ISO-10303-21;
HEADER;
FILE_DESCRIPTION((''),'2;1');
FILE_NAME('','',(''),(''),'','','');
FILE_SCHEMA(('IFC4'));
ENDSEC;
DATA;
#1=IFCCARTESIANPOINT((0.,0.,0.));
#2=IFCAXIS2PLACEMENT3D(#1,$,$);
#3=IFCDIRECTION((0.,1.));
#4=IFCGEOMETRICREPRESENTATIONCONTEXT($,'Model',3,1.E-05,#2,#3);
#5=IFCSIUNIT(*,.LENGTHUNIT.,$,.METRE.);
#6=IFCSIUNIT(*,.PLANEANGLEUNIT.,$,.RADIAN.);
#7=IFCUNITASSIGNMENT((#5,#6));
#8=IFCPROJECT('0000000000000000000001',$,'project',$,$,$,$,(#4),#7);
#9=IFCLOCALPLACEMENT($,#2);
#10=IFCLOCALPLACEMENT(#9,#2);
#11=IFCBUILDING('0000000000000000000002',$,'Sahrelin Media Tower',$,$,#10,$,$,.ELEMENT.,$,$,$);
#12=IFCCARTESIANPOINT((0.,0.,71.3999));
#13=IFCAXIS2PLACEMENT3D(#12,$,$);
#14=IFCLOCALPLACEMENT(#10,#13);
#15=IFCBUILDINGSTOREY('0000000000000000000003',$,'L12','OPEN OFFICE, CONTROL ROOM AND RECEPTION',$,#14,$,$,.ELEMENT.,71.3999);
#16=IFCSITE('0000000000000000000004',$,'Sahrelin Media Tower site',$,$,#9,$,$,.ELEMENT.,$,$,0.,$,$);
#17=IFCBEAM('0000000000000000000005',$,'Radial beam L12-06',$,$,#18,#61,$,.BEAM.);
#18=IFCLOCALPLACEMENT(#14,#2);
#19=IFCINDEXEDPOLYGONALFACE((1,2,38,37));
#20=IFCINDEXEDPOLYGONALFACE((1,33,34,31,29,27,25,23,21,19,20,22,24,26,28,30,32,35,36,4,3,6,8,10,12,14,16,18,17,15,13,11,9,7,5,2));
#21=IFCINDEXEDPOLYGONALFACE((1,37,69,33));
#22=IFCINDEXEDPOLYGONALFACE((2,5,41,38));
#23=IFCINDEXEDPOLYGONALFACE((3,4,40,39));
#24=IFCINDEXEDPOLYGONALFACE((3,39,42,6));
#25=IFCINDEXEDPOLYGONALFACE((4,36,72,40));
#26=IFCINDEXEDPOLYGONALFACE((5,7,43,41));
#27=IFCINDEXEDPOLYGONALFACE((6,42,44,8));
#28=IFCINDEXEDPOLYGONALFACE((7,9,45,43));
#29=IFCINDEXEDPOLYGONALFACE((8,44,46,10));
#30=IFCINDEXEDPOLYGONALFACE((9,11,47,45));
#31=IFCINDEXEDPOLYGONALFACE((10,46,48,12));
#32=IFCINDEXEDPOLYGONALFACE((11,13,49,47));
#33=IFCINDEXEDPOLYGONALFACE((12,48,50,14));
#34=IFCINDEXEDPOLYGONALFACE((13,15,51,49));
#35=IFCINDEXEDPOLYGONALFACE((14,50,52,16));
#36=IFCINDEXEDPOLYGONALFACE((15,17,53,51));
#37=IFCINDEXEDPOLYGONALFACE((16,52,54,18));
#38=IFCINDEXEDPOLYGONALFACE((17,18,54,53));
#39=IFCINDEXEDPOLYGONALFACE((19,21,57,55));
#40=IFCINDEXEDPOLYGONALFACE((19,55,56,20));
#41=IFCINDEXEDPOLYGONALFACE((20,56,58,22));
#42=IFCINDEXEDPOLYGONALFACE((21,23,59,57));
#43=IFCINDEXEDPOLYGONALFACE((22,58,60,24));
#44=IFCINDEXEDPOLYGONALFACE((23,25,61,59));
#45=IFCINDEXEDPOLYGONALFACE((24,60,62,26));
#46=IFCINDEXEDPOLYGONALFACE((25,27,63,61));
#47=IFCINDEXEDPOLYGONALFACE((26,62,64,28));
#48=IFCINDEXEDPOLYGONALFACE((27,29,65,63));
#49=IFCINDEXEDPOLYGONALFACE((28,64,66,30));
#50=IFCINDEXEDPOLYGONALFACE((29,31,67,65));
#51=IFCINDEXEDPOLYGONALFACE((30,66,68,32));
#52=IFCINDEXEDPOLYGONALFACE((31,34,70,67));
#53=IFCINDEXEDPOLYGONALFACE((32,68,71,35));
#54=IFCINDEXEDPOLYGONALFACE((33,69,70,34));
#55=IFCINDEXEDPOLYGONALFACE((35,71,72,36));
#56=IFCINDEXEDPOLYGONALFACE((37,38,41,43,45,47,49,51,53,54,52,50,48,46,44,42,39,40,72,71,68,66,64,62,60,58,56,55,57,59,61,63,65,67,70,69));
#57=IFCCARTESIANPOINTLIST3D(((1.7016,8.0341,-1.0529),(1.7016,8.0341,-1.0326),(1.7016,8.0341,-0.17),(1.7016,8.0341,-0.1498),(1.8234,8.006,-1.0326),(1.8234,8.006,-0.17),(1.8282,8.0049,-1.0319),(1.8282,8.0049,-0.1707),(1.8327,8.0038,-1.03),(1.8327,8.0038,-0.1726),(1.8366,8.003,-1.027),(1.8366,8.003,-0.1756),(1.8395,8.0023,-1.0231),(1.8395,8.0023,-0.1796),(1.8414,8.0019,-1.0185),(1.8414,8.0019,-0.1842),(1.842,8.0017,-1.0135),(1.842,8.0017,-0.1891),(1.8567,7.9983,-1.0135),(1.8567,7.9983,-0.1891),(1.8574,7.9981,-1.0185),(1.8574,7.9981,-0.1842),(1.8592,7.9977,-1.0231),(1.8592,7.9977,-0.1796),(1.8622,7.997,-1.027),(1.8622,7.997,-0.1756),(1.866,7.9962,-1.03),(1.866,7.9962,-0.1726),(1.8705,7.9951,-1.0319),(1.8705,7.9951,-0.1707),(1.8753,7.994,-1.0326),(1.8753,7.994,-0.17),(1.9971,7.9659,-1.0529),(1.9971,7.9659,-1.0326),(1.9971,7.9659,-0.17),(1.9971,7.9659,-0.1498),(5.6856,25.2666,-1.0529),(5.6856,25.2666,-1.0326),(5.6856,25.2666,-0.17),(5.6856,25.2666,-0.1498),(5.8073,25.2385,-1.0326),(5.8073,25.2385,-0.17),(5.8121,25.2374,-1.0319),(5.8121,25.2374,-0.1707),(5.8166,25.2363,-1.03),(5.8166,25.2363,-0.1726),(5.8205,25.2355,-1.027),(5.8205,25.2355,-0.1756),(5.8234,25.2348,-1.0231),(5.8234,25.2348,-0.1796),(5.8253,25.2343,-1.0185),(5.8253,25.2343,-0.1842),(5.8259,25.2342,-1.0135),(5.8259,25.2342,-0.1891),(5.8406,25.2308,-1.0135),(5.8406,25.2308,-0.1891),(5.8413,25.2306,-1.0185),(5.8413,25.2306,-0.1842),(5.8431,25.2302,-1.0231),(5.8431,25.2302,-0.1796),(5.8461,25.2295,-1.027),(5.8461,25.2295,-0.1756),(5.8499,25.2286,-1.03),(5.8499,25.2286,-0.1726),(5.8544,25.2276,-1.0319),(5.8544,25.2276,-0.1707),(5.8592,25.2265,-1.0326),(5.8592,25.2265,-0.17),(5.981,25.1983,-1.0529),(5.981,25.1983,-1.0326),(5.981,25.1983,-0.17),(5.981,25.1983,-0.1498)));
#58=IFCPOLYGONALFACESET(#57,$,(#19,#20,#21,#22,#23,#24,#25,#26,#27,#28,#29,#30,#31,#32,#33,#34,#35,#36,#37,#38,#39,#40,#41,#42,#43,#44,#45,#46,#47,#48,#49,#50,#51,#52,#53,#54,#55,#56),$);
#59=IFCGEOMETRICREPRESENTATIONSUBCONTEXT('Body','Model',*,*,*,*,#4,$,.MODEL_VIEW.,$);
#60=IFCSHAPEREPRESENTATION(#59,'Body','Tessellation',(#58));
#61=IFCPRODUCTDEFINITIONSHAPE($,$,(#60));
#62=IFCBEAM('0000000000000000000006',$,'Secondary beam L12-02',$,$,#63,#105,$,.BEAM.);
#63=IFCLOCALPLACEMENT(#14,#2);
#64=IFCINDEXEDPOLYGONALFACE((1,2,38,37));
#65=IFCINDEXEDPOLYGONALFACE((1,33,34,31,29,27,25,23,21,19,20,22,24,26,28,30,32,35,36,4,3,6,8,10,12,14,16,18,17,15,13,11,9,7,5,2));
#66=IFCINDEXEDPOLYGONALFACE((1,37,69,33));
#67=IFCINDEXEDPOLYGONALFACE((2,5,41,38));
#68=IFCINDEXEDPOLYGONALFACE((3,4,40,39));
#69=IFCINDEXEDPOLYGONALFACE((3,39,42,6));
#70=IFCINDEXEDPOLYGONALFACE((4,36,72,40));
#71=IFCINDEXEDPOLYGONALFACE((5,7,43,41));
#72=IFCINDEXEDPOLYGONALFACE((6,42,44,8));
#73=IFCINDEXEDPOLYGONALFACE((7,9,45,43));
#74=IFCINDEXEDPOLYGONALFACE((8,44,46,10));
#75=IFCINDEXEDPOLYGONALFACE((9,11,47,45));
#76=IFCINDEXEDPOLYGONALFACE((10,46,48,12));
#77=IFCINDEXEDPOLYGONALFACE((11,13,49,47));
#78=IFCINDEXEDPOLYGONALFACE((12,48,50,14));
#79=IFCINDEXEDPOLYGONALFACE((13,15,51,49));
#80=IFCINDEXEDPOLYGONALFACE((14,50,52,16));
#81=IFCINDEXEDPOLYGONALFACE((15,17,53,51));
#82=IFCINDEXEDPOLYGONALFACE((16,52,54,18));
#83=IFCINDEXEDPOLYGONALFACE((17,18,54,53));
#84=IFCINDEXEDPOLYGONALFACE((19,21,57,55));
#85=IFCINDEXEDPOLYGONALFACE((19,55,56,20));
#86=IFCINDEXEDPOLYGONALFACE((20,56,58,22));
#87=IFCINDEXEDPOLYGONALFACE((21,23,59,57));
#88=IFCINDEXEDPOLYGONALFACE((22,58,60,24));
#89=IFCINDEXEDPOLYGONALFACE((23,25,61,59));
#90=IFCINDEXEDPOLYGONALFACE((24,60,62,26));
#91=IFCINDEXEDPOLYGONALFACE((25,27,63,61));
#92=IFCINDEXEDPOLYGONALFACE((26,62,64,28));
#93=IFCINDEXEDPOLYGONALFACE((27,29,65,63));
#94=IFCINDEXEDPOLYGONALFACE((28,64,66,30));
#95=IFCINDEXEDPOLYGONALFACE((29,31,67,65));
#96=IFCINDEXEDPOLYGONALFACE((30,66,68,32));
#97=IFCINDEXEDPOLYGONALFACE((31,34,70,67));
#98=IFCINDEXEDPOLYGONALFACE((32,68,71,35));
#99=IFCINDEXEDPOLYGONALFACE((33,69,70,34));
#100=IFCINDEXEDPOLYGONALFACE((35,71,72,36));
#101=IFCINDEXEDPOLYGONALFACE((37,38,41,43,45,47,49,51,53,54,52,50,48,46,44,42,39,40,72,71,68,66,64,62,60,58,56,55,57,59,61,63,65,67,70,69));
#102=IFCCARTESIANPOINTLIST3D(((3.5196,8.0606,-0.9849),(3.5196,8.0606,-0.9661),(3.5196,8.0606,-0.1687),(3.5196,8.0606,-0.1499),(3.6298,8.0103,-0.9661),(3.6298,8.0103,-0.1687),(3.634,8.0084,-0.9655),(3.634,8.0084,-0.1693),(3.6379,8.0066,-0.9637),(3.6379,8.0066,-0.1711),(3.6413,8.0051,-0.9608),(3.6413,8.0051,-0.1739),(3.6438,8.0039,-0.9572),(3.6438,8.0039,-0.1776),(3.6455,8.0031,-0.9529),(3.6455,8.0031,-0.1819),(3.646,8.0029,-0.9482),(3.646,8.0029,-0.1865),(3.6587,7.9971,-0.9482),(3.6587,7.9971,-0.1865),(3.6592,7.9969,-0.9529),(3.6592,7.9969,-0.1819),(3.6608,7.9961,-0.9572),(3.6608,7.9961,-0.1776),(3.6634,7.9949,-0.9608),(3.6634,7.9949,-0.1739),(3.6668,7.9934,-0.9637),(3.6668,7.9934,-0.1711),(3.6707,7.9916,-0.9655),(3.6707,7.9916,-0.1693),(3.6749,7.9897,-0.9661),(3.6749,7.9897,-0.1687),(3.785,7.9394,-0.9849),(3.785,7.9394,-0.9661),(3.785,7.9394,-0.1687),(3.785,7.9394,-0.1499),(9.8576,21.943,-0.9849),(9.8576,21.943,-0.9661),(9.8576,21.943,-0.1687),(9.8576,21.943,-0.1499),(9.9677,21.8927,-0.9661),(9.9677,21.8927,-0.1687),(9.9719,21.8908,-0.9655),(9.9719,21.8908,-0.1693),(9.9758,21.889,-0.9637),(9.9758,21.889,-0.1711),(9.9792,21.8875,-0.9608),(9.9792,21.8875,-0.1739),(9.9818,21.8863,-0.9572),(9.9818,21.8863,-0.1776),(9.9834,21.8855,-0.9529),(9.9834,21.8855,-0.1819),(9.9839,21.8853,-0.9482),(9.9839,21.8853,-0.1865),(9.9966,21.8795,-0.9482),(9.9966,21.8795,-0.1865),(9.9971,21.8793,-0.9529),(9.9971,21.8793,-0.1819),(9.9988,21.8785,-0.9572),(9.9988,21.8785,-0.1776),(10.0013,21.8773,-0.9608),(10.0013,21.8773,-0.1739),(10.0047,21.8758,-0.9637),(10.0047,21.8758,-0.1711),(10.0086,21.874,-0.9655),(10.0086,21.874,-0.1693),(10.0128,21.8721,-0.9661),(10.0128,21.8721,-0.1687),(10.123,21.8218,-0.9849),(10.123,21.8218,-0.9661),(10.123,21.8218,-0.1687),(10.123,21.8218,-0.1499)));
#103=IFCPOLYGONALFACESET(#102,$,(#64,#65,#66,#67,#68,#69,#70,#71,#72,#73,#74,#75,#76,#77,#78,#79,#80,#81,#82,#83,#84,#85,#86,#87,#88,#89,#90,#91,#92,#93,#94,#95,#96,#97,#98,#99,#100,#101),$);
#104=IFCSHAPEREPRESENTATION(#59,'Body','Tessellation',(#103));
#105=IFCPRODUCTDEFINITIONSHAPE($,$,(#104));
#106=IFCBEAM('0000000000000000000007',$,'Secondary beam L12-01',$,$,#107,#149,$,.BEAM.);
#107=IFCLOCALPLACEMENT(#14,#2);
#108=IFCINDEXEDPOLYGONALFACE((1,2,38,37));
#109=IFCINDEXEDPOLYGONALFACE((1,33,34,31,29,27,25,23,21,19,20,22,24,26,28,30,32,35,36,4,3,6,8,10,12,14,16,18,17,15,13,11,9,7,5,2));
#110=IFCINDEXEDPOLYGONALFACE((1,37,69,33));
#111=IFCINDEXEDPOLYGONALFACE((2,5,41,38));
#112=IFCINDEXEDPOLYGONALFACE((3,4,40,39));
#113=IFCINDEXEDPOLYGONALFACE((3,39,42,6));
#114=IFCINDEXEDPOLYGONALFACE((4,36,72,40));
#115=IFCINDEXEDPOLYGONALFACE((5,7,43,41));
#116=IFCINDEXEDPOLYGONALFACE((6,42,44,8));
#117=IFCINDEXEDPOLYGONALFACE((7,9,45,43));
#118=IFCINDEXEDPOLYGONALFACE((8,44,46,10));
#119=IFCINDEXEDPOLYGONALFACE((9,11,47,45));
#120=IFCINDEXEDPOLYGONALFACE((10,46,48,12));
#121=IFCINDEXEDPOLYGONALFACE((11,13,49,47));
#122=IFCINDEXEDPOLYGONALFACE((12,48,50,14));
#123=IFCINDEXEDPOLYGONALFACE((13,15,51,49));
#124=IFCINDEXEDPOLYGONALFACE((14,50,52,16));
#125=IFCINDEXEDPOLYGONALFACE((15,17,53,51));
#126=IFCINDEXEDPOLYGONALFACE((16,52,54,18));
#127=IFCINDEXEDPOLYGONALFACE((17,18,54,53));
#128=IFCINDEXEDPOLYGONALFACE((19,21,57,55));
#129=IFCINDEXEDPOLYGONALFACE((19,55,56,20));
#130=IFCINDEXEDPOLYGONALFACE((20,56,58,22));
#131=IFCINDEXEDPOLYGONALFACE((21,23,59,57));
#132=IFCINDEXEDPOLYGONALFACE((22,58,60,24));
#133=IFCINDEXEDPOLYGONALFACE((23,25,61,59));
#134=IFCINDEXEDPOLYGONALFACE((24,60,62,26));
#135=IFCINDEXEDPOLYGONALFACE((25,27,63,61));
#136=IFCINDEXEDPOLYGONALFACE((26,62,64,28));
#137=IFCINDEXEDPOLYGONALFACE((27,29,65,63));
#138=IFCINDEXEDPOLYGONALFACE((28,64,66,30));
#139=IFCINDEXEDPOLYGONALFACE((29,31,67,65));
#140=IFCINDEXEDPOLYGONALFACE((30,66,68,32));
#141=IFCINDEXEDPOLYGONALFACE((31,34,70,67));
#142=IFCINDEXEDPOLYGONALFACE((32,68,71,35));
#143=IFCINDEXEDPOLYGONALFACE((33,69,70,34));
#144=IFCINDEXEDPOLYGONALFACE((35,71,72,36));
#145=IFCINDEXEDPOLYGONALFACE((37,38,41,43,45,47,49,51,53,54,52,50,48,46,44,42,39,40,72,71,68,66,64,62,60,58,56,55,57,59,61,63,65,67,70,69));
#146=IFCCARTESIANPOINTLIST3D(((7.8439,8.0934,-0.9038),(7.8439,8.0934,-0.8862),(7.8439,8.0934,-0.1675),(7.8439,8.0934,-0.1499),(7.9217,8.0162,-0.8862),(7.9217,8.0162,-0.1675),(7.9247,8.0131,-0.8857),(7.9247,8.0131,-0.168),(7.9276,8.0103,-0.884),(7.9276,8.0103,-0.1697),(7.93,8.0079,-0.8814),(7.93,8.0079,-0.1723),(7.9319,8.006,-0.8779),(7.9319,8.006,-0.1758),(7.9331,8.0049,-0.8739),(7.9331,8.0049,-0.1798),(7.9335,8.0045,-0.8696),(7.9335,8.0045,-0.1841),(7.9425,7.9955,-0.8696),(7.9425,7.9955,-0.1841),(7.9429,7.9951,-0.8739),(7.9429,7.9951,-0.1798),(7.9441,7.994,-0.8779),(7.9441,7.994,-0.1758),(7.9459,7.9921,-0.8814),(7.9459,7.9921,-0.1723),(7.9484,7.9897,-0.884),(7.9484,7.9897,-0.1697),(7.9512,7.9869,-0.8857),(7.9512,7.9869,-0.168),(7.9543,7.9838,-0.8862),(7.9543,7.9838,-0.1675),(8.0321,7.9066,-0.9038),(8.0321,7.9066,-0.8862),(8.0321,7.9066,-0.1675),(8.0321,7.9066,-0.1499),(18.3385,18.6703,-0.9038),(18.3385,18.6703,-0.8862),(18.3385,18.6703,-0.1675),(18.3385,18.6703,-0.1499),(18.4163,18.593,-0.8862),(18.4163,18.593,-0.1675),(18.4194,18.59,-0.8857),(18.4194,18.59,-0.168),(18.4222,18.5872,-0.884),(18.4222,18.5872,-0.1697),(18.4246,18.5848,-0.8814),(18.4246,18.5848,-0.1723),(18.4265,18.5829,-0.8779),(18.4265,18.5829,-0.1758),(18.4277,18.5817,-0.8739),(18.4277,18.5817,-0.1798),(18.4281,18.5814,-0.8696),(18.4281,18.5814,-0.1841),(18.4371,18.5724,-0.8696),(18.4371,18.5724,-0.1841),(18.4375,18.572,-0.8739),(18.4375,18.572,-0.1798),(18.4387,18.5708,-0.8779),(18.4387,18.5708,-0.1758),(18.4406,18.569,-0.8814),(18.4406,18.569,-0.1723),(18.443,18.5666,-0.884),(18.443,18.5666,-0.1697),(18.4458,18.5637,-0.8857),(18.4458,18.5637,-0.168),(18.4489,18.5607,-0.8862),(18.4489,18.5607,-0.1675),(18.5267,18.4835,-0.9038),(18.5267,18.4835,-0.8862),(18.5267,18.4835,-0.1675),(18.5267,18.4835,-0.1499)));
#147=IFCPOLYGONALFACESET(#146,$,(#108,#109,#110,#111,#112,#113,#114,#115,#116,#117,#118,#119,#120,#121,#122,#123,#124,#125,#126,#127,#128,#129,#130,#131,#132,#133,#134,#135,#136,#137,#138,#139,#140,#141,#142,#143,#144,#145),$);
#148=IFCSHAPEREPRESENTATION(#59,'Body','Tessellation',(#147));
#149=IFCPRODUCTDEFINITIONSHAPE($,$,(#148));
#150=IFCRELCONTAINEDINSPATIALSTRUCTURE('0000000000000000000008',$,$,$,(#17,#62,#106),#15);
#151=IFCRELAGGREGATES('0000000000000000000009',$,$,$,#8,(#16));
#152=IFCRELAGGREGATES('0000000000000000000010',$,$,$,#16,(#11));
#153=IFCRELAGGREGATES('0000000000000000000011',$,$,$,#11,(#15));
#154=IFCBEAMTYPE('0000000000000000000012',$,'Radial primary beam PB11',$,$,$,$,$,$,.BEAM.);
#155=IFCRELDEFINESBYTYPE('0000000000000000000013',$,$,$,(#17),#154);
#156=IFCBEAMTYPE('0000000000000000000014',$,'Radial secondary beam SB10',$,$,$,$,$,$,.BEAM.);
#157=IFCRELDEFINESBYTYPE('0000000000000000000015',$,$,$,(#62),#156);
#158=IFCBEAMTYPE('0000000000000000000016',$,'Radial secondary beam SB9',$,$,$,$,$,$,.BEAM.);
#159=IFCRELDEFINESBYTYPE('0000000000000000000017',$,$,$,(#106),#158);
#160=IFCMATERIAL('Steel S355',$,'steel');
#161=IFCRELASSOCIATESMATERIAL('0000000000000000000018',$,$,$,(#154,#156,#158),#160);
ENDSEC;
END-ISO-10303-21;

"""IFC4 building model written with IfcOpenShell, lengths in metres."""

from ifc_helpers import new_model, si_unit, direction, frame, origin, origin_2d, place, context, subcontext, project, spatial, i_section, extrude, material, material_profile, profile_set, type_object, element, save


model = new_model("IFC4")

# Units and contexts
model_context = context("Model", 3, precision=1e-05, world=origin(), true_north=direction((0.0, 1.0)))
body_context = subcontext(model_context, "Body", "Model", "MODEL_VIEW")
ifc_project = project(units=[si_unit("LENGTHUNIT", "METRE"), si_unit("PLANEANGLEUNIT", "RADIAN")], contexts=[model_context])

# Site, building, storey
site_placement = place(None, origin())
site = spatial("IfcSite", under=ifc_project, at=site_placement, Name="Sahrelin Media Tower site", CompositionType="ELEMENT", RefElevation=0.0)
building_placement = place(site_placement, origin())
building = spatial("IfcBuilding", under=site, at=building_placement, Name="Sahrelin Media Tower", CompositionType="ELEMENT")
storey_placement = place(building_placement, frame((0.0, 0.0, 71.3999)))
storey = spatial("IfcBuildingStorey", under=building, at=storey_placement, Name="L12", Description="OPEN OFFICE, CONTROL ROOM AND RECEPTION", CompositionType="ELEMENT", Elevation=71.3999)

# Shared definitions
ifc_material_1 = material(Name="Steel S355", Category="steel")

# Beams
ifc_material_profile_1 = material_profile(ifc_material_1, i_section(OverallWidth=0.3032, OverallDepth=0.9031, WebThickness=0.0151, FlangeThickness=0.0203, FilletRadius=0.019, at=origin_2d()), Name="UB 914x305x201")
ifc_profile_set_1 = profile_set([ifc_material_profile_1], Name="Steel S355")
beam_type_1 = type_object("IfcBeamType", Name="Radial primary beam PB11", PredefinedType="BEAM", material=ifc_profile_set_1)
beam_1_placement = place(storey_placement, frame((1.8494, 8.0, -0.6013), z_axis=(0.225245, 0.974302, 0.0), x_axis=(-0.974302, 0.225245, 0.0)))
element("IfcBeam", 1, at=beam_1_placement, inside=storey, type_object=beam_type_1, Name="Radial beam L12-06", PredefinedType="BEAM", context=body_context, shape_type="SweptSolid", body=[
    extrude(i_section(OverallWidth=0.3032, OverallDepth=0.9031, WebThickness=0.0151, FlangeThickness=0.0203, FilletRadius=0.019, at=origin_2d()), origin(), (0.0, 0.0, 1.0), 17.687),
])
ifc_material_profile_2 = material_profile(ifc_material_1, i_section(OverallWidth=0.2917, OverallDepth=0.835, WebThickness=0.0139, FlangeThickness=0.0188, FilletRadius=0.0178, at=origin_2d()), Name="UB 838x292x176")
ifc_profile_set_2 = profile_set([ifc_material_profile_2], Name="Steel S355")
beam_type_2 = type_object("IfcBeamType", Name="Radial secondary beam SB10", PredefinedType="BEAM", material=ifc_profile_set_2)
beam_2_placement = place(storey_placement, frame((3.6523, 8.0, -0.5674), z_axis=(0.415309, 0.90968, 0.0), x_axis=(-0.90968, 0.415309, 0.0)))
element("IfcBeam", 2, at=beam_2_placement, inside=storey, type_object=beam_type_2, Name="Secondary beam L12-02", PredefinedType="BEAM", context=body_context, shape_type="SweptSolid", body=[
    extrude(i_section(OverallWidth=0.2917, OverallDepth=0.835, WebThickness=0.0139, FlangeThickness=0.0188, FilletRadius=0.0178, at=origin_2d()), origin(), (0.0, 0.0, 1.0), 15.2607),
])
ifc_material_profile_3 = material_profile(ifc_material_1, i_section(OverallWidth=0.2651, OverallDepth=0.7539, WebThickness=0.0127, FlangeThickness=0.0176, FilletRadius=0.0166, at=origin_2d()), Name="UB 762x267x147")
ifc_profile_set_3 = profile_set([ifc_material_profile_3], Name="Steel S355")
beam_type_3 = type_object("IfcBeamType", Name="Radial secondary beam SB9", PredefinedType="BEAM", material=ifc_profile_set_3)
beam_3_placement = place(storey_placement, frame((7.938, 8.0, -0.5269), z_axis=(0.70434, 0.709862, 0.0), x_axis=(-0.709862, 0.70434, 0.0)))
element("IfcBeam", 3, at=beam_3_placement, inside=storey, type_object=beam_type_3, Name="Secondary beam L12-01", PredefinedType="BEAM", context=body_context, shape_type="SweptSolid", body=[
    extrude(i_section(OverallWidth=0.2651, OverallDepth=0.7539, WebThickness=0.0127, FlangeThickness=0.0176, FilletRadius=0.0166, at=origin_2d()), origin(), (0.0, 0.0, 1.0), 14.8999),
])

save(model, "model.ifc")
